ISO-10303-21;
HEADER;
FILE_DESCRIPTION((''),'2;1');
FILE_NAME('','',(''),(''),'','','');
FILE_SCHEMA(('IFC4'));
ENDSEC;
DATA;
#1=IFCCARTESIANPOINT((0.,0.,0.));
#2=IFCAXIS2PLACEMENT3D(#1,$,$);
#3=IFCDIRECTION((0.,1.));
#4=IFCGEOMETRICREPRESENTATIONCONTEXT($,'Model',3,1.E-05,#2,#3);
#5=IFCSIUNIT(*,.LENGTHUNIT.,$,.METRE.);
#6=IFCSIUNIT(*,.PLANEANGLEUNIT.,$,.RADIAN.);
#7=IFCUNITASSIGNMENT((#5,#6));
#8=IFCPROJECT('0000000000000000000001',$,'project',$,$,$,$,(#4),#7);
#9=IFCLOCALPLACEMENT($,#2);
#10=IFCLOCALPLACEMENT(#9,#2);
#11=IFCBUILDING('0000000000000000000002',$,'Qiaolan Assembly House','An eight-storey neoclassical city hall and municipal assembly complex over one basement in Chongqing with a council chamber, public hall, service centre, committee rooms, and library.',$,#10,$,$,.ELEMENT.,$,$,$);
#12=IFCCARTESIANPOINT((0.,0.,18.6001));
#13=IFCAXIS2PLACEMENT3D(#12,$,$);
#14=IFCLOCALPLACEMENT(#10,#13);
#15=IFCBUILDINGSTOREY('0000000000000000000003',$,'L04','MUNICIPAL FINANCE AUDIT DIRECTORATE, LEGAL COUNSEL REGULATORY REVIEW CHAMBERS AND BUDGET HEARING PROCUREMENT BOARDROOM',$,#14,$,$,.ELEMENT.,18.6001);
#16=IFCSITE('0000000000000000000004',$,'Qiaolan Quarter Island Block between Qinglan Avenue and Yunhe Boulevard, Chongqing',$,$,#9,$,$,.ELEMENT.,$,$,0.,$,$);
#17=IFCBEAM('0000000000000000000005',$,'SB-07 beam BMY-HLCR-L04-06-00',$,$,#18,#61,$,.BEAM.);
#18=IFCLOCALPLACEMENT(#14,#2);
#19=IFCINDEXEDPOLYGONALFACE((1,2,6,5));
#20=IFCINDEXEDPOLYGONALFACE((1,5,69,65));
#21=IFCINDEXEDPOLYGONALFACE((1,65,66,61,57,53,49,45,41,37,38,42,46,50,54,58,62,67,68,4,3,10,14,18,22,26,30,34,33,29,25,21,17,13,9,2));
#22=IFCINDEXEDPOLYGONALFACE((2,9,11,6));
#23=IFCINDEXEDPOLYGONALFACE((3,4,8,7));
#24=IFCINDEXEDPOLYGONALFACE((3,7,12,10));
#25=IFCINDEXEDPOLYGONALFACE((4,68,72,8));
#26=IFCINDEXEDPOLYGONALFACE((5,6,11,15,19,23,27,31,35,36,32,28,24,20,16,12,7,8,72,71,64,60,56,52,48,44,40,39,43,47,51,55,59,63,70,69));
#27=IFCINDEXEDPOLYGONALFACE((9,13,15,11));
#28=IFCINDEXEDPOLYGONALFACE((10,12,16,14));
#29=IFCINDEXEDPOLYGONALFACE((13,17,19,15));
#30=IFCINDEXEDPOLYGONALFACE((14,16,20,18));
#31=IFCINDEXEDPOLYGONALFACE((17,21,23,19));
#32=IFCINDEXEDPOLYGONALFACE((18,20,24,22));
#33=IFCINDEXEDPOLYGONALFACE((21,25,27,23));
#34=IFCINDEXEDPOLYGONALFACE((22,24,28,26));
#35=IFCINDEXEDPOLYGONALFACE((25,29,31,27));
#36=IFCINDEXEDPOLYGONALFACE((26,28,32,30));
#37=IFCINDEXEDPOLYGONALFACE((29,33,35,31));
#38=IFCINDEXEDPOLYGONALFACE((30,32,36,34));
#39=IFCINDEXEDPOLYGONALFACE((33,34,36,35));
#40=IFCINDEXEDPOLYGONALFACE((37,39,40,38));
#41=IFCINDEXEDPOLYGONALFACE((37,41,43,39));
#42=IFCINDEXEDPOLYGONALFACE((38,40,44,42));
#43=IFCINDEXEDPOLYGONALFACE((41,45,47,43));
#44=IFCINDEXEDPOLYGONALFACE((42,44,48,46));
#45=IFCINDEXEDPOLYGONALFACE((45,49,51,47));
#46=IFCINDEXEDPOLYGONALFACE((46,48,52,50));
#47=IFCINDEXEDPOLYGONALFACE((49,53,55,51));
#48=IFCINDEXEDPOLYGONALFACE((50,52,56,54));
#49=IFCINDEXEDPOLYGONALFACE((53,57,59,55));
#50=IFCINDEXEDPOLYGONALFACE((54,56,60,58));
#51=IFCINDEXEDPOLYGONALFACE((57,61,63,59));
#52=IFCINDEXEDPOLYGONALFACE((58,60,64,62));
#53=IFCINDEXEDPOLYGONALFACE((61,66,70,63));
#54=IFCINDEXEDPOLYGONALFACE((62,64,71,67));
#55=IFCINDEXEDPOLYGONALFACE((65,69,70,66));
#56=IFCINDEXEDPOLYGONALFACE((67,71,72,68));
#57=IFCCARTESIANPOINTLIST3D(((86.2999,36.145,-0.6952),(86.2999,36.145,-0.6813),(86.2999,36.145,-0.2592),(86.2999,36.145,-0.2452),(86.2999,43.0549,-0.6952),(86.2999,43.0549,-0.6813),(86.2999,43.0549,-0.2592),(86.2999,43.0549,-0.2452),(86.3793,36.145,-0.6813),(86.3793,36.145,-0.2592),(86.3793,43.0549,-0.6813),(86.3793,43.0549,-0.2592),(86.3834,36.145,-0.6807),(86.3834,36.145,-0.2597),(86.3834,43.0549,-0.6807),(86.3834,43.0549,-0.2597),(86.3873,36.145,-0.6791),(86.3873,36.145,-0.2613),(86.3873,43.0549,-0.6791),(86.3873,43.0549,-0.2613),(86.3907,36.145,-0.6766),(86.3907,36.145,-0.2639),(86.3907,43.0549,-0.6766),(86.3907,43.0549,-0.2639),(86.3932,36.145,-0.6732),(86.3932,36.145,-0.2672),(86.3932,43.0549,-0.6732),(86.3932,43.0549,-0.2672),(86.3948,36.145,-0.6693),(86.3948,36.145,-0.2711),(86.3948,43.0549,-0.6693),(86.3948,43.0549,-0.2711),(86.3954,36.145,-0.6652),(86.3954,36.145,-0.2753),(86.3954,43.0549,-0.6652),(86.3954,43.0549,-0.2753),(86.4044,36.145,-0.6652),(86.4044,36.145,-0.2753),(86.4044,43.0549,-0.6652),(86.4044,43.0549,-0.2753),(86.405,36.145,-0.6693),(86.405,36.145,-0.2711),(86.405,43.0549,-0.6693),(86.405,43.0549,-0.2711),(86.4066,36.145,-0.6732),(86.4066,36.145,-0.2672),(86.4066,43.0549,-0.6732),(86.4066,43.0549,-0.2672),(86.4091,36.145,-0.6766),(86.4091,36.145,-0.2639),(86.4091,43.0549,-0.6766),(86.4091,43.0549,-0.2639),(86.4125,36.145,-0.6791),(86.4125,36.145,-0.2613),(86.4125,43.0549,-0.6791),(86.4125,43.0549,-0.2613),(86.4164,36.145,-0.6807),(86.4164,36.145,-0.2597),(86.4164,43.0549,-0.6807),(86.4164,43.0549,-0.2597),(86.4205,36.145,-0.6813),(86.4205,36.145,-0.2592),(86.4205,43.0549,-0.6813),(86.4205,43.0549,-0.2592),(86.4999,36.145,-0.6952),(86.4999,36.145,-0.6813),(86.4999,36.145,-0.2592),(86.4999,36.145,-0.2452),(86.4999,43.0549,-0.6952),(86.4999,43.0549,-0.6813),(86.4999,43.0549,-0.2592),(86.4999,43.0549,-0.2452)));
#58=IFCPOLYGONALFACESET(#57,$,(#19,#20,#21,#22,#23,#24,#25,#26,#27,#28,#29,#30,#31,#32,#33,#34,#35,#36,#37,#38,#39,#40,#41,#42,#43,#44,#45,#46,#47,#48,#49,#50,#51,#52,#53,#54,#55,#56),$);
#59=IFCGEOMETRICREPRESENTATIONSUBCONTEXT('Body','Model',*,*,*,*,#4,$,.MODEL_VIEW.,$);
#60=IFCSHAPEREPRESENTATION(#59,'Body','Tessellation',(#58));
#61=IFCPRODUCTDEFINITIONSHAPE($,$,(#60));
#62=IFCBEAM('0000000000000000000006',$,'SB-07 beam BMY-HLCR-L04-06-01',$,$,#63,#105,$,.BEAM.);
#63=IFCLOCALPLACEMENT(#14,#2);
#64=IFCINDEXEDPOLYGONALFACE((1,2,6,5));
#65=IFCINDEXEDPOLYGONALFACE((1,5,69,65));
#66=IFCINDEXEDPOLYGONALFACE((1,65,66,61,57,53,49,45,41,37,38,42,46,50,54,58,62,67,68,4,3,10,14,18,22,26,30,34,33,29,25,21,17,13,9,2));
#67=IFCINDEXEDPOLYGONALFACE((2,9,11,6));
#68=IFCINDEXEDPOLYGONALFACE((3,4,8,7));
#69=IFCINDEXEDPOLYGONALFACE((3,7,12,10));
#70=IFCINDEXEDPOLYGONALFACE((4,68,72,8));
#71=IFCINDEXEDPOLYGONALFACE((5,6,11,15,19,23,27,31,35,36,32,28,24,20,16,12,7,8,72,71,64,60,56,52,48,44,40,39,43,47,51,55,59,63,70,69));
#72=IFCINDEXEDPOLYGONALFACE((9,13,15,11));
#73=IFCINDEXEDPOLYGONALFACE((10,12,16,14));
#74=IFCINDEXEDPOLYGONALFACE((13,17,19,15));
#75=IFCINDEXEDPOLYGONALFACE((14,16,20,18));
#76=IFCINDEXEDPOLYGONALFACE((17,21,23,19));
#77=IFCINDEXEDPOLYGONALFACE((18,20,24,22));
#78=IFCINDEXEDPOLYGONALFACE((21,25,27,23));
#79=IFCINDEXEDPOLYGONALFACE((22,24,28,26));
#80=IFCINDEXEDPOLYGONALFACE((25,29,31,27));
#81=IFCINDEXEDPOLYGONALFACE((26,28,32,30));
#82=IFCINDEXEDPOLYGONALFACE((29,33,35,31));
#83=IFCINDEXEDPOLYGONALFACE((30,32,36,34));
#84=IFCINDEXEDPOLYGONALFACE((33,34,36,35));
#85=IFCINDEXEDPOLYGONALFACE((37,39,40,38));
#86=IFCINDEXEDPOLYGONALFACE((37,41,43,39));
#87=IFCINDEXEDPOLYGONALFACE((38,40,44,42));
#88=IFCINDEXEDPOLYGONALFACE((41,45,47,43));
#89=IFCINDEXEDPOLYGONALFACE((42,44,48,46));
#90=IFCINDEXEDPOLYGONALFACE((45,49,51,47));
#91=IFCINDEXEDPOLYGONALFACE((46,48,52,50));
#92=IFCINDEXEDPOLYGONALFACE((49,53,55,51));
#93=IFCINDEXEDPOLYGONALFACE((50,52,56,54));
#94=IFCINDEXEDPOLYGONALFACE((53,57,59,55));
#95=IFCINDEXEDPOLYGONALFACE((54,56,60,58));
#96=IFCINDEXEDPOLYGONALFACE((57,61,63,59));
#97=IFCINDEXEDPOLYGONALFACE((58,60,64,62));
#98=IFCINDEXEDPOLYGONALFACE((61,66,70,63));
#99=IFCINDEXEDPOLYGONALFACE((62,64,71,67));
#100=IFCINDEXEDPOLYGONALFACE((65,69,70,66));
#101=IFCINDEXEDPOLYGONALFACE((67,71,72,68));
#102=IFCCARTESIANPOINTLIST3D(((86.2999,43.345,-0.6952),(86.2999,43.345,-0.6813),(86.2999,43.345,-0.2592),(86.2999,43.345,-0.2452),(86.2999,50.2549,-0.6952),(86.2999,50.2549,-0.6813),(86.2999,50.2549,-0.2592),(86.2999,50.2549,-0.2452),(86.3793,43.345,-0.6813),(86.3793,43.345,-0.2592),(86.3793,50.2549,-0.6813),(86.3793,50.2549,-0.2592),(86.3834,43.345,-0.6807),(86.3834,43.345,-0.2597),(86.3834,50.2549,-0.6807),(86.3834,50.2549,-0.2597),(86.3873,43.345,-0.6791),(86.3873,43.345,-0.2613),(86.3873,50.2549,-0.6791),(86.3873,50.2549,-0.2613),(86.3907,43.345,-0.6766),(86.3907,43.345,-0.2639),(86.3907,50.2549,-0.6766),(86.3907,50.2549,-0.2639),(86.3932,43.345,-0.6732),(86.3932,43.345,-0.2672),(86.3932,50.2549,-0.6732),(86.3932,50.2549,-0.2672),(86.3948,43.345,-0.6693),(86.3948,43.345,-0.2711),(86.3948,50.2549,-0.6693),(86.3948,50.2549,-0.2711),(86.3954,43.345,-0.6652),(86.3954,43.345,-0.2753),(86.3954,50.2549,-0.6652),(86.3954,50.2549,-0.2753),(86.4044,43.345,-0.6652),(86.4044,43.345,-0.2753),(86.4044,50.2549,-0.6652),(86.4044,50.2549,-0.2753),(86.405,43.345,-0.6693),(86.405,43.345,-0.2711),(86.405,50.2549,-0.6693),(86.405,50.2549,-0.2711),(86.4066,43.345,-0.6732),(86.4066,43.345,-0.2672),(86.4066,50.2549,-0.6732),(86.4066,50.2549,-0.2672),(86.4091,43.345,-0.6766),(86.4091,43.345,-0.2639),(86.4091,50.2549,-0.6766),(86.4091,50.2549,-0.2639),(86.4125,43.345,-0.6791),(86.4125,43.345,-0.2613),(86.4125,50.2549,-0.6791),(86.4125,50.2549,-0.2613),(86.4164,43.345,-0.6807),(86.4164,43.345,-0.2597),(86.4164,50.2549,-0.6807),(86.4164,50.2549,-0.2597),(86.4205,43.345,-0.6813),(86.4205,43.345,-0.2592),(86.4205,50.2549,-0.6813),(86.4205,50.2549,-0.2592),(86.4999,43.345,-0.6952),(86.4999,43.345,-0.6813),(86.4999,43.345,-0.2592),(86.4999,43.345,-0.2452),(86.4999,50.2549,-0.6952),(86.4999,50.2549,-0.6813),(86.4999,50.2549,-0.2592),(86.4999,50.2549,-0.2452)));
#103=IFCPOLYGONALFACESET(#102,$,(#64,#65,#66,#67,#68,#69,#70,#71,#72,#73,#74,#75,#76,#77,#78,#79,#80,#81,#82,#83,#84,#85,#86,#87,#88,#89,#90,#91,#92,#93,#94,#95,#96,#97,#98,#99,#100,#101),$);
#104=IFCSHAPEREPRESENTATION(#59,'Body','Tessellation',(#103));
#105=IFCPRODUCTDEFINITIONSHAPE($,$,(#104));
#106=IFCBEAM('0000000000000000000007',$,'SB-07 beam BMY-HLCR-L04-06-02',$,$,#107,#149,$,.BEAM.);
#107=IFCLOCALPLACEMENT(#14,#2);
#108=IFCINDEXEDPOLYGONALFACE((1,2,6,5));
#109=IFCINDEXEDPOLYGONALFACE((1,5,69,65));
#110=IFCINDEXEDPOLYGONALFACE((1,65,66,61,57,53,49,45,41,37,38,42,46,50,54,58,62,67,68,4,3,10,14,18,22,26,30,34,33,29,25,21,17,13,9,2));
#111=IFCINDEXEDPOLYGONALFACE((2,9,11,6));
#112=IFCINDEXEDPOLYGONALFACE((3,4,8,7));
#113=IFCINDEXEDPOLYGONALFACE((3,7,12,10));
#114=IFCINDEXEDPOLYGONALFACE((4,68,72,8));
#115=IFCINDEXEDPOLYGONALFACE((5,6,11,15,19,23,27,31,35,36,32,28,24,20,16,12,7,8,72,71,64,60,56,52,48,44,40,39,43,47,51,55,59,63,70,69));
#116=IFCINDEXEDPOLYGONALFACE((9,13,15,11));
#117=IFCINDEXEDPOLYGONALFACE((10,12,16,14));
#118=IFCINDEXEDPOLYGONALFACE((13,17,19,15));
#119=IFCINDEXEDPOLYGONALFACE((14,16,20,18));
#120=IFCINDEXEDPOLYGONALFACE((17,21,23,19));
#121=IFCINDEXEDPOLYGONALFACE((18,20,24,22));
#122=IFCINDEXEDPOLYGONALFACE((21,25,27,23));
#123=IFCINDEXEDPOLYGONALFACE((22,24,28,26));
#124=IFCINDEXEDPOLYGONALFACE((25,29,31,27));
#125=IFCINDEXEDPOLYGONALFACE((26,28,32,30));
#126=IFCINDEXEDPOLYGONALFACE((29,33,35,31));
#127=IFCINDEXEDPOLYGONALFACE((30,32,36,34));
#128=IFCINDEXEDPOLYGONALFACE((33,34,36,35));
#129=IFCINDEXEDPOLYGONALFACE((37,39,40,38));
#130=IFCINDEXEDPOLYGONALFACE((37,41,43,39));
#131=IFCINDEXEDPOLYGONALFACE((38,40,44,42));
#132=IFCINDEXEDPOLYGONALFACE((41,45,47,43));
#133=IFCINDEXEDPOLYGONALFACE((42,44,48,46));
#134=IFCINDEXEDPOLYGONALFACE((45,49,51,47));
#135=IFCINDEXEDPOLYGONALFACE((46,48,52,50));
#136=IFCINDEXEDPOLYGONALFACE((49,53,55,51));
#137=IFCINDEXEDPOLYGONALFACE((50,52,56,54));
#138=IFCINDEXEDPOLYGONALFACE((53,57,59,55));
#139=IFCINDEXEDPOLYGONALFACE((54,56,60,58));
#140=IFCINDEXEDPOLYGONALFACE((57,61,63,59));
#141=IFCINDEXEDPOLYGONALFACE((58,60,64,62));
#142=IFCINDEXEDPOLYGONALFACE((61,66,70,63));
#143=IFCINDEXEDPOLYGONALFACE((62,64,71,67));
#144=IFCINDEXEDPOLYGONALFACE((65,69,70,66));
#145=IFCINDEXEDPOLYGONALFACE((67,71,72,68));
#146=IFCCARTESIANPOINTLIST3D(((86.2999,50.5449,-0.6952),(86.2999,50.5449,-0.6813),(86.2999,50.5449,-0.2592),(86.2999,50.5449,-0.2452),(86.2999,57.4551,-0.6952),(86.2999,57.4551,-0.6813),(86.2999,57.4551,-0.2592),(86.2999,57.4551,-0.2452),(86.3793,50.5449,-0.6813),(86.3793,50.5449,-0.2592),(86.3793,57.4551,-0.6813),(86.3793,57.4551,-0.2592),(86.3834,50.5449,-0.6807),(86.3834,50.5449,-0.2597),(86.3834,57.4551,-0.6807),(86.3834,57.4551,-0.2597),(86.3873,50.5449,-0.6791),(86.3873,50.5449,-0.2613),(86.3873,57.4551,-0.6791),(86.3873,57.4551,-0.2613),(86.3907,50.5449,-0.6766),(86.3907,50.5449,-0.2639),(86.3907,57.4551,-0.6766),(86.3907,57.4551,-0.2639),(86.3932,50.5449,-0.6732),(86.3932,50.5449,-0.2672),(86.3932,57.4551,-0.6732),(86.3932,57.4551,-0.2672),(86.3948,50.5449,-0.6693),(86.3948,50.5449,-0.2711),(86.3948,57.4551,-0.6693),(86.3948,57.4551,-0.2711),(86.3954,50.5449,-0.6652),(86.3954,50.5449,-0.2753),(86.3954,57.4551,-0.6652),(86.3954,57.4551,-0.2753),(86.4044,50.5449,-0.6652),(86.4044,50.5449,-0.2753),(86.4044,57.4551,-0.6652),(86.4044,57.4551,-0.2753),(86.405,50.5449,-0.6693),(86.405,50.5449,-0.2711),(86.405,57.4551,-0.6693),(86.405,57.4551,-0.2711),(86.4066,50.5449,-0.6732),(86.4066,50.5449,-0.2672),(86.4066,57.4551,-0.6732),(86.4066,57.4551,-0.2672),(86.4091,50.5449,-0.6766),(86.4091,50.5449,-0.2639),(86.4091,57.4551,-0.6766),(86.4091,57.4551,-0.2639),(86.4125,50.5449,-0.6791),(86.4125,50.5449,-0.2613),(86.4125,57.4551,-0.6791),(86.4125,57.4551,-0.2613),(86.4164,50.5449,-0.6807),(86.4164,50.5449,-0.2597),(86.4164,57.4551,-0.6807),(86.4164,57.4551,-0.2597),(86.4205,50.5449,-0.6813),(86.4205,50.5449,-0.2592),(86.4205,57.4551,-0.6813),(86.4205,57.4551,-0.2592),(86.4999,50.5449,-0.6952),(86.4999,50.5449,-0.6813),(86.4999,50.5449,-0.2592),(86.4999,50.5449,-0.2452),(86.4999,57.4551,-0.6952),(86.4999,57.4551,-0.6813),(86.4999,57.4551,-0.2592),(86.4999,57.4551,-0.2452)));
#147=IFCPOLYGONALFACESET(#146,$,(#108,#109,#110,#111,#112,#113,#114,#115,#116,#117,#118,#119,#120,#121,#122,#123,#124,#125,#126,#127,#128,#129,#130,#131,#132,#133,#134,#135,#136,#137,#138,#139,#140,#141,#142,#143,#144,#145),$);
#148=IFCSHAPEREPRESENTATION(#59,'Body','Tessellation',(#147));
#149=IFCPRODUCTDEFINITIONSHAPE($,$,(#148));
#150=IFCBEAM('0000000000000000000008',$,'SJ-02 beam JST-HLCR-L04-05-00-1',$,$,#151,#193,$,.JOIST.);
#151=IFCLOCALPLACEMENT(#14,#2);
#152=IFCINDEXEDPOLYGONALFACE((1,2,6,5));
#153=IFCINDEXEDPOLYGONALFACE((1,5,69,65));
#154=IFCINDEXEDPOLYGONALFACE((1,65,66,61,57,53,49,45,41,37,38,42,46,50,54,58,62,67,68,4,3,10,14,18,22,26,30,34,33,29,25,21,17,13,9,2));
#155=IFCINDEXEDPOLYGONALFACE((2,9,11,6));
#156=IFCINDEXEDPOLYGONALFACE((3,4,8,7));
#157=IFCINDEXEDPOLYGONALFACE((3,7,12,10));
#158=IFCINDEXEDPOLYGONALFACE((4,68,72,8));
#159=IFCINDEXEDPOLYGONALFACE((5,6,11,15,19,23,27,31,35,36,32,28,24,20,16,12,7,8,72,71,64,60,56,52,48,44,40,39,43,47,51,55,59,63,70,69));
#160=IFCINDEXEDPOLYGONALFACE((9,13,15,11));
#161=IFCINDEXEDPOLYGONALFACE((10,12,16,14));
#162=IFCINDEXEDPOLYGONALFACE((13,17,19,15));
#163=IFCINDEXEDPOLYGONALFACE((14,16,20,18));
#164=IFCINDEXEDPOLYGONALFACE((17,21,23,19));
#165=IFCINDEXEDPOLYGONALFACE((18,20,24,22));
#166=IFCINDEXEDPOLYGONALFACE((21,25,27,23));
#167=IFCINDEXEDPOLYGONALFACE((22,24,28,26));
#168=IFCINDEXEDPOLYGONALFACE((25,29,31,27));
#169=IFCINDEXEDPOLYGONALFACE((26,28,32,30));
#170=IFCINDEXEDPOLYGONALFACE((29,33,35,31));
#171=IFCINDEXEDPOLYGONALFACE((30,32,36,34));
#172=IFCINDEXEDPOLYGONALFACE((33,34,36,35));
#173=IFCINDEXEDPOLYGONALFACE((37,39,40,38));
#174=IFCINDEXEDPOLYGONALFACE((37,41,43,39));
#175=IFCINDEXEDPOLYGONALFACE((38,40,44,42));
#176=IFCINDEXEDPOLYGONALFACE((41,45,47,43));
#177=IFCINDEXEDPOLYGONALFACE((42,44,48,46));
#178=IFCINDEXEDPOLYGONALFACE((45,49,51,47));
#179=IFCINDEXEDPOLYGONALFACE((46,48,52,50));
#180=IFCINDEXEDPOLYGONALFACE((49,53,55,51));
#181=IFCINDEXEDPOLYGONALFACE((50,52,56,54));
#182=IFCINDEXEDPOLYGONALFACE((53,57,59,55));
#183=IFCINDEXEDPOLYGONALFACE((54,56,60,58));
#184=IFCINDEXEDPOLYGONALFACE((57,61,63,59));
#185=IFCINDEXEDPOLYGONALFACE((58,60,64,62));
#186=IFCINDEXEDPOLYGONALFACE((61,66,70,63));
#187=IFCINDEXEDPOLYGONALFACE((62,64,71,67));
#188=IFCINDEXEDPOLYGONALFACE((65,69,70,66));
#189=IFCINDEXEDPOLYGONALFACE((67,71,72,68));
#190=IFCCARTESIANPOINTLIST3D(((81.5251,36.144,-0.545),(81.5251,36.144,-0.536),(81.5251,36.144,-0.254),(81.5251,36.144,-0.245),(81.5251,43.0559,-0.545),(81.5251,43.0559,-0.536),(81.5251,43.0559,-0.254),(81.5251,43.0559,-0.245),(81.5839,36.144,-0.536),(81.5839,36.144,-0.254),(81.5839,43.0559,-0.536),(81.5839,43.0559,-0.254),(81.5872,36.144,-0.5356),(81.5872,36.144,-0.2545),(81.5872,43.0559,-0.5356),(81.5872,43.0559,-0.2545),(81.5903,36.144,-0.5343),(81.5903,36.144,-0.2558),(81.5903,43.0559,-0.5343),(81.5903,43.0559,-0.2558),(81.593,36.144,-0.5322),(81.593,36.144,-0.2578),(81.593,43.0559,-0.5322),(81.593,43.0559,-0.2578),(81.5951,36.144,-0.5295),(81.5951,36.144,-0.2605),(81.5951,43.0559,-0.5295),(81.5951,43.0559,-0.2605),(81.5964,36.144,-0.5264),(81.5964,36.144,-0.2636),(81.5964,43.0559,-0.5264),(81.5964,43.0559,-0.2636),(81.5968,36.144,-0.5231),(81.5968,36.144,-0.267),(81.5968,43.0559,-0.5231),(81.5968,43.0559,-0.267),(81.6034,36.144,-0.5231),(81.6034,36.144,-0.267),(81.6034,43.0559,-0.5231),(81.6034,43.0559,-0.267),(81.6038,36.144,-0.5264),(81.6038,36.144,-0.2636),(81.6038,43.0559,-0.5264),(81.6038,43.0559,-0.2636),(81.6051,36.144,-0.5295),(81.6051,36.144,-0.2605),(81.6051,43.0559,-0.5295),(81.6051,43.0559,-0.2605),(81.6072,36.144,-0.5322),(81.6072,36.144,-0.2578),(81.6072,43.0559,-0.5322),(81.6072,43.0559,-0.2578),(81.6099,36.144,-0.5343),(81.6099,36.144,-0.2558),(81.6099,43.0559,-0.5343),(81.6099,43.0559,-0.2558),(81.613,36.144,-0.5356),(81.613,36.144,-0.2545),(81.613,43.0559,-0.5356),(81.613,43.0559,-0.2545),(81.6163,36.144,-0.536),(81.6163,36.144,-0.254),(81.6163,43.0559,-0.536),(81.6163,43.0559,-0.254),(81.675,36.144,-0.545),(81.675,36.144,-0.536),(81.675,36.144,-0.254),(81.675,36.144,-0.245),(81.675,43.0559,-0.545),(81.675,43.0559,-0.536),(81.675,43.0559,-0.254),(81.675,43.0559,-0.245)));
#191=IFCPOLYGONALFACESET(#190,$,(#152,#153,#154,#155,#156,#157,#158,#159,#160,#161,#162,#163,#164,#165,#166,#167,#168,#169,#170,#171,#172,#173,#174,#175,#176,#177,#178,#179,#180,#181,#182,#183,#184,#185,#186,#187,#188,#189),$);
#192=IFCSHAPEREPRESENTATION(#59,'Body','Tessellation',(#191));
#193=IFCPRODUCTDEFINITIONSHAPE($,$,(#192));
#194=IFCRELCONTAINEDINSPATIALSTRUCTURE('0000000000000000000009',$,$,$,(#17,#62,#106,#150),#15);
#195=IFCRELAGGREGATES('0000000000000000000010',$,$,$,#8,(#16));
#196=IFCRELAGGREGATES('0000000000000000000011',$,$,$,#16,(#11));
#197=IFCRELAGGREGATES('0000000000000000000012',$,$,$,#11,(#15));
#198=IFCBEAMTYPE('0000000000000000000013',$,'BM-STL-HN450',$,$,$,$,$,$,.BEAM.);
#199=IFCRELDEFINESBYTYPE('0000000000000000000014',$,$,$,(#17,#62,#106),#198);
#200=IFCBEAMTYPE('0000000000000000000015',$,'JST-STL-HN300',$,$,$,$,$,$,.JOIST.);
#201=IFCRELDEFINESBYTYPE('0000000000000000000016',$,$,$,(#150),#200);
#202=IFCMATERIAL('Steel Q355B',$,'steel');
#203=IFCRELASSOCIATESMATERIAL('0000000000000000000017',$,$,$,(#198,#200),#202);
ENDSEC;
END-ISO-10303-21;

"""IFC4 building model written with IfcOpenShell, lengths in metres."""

from ifc_helpers import new_model, si_unit, direction, frame, origin, origin_2d, place, context, subcontext, project, spatial, i_section, extrude, material, material_profile, profile_set, type_object, element, save


model = new_model("IFC4")

# Units and contexts
model_context = context("Model", 3, precision=1e-05, world=origin(), true_north=direction((0.0, 1.0)))
body_context = subcontext(model_context, "Body", "Model", "MODEL_VIEW")
ifc_project = project(units=[si_unit("LENGTHUNIT", "METRE"), si_unit("PLANEANGLEUNIT", "RADIAN")], contexts=[model_context])

# Site, building, storey
site_placement = place(None, origin())
site = spatial("IfcSite", under=ifc_project, at=site_placement, Name="Qiaolan Quarter Island Block between Qinglan Avenue and Yunhe Boulevard, Chongqing", CompositionType="ELEMENT", RefElevation=0.0)
building_placement = place(site_placement, origin())
building = spatial("IfcBuilding", under=site, at=building_placement, Name="Qiaolan Assembly House", Description="An eight-storey neoclassical city hall and municipal assembly complex over one basement in Chongqing with a council chamber, public hall, service centre, committee rooms, and library.", CompositionType="ELEMENT")
storey_placement = place(building_placement, frame((0.0, 0.0, 18.6001)))
storey = spatial("IfcBuildingStorey", under=building, at=storey_placement, Name="L04", Description="MUNICIPAL FINANCE AUDIT DIRECTORATE, LEGAL COUNSEL REGULATORY REVIEW CHAMBERS AND BUDGET HEARING PROCUREMENT BOARDROOM", CompositionType="ELEMENT", Elevation=18.6001)

# Beams
ifc_material_1 = material(Name="Steel Q355B", Category="steel")
ifc_material_profile_1 = material_profile(ifc_material_1, i_section(OverallWidth=0.2, OverallDepth=0.45, WebThickness=0.009, FlangeThickness=0.0139, FilletRadius=0.0161, at=origin_2d()), Name="HN 450x200x9x14")
ifc_profile_set_1 = profile_set([ifc_material_profile_1], Name="Steel Q355B")
beam_type_1 = type_object("IfcBeamType", Name="BM-STL-HN450", PredefinedType="BEAM", material=ifc_profile_set_1)
for number, where, z_axis, x_axis, name in (
    (1, (86.3999, 36.145, -0.4702), (0.0, 1.0, 0.0), (-1.0, 0.0, 0.0), "SB-07 beam BMY-HLCR-L04-06-00"),
    (2, (86.3999, 43.345, -0.4702), (0.0, 1.0, 0.0), (-1.0, 0.0, 0.0), "SB-07 beam BMY-HLCR-L04-06-01"),
):
    element("IfcBeam", number, at=place(storey_placement, frame(where, z_axis=z_axis, x_axis=x_axis)), inside=storey, type_object=beam_type_1, Name=name, PredefinedType="BEAM", context=body_context, shape_type="SweptSolid", body=[
        extrude(i_section(OverallWidth=0.2, OverallDepth=0.45, WebThickness=0.009, FlangeThickness=0.0139, FilletRadius=0.0161, at=origin_2d()), origin(), (0.0, 0.0, 1.0), 6.9099),
    ])
beam_1_placement = place(storey_placement, frame((86.3999, 50.5449, -0.4702), z_axis=(0.0, 1.0, 0.0), x_axis=(-1.0, 0.0, 0.0)))
element("IfcBeam", 3, at=beam_1_placement, inside=storey, type_object=beam_type_1, Name="SB-07 beam BMY-HLCR-L04-06-02", PredefinedType="BEAM", context=body_context, shape_type="SweptSolid", body=[
    extrude(i_section(OverallWidth=0.2, OverallDepth=0.45, WebThickness=0.009, FlangeThickness=0.0139, FilletRadius=0.0161, at=origin_2d()), origin(), (0.0, 0.0, 1.0), 6.9102),
])
ifc_material_profile_2 = material_profile(ifc_material_1, i_section(OverallWidth=0.1499, OverallDepth=0.3, WebThickness=0.0066, FlangeThickness=0.009, FilletRadius=0.0129, at=origin_2d()), Name="HN 300x150x6.5x9")
ifc_profile_set_2 = profile_set([ifc_material_profile_2], Name="Steel Q355B")
beam_type_2 = type_object("IfcBeamType", Name="JST-STL-HN300", PredefinedType="JOIST", material=ifc_profile_set_2)
for number, where, z_axis, x_axis, name in (
    (4, (81.6001, 36.144, -0.395), (0.0, 1.0, 0.0), (-1.0, 0.0, 0.0), "SJ-02 beam JST-HLCR-L04-05-00-1"),
):
    element("IfcBeam", number, at=place(storey_placement, frame(where, z_axis=z_axis, x_axis=x_axis)), inside=storey, type_object=beam_type_2, Name=name, PredefinedType="JOIST", context=body_context, shape_type="SweptSolid", body=[
        extrude(i_section(OverallWidth=0.1499, OverallDepth=0.3, WebThickness=0.0066, FlangeThickness=0.009, FilletRadius=0.0129, at=origin_2d()), origin(), (0.0, 0.0, 1.0), 6.9119),
    ])

save(model, "model.ifc")
